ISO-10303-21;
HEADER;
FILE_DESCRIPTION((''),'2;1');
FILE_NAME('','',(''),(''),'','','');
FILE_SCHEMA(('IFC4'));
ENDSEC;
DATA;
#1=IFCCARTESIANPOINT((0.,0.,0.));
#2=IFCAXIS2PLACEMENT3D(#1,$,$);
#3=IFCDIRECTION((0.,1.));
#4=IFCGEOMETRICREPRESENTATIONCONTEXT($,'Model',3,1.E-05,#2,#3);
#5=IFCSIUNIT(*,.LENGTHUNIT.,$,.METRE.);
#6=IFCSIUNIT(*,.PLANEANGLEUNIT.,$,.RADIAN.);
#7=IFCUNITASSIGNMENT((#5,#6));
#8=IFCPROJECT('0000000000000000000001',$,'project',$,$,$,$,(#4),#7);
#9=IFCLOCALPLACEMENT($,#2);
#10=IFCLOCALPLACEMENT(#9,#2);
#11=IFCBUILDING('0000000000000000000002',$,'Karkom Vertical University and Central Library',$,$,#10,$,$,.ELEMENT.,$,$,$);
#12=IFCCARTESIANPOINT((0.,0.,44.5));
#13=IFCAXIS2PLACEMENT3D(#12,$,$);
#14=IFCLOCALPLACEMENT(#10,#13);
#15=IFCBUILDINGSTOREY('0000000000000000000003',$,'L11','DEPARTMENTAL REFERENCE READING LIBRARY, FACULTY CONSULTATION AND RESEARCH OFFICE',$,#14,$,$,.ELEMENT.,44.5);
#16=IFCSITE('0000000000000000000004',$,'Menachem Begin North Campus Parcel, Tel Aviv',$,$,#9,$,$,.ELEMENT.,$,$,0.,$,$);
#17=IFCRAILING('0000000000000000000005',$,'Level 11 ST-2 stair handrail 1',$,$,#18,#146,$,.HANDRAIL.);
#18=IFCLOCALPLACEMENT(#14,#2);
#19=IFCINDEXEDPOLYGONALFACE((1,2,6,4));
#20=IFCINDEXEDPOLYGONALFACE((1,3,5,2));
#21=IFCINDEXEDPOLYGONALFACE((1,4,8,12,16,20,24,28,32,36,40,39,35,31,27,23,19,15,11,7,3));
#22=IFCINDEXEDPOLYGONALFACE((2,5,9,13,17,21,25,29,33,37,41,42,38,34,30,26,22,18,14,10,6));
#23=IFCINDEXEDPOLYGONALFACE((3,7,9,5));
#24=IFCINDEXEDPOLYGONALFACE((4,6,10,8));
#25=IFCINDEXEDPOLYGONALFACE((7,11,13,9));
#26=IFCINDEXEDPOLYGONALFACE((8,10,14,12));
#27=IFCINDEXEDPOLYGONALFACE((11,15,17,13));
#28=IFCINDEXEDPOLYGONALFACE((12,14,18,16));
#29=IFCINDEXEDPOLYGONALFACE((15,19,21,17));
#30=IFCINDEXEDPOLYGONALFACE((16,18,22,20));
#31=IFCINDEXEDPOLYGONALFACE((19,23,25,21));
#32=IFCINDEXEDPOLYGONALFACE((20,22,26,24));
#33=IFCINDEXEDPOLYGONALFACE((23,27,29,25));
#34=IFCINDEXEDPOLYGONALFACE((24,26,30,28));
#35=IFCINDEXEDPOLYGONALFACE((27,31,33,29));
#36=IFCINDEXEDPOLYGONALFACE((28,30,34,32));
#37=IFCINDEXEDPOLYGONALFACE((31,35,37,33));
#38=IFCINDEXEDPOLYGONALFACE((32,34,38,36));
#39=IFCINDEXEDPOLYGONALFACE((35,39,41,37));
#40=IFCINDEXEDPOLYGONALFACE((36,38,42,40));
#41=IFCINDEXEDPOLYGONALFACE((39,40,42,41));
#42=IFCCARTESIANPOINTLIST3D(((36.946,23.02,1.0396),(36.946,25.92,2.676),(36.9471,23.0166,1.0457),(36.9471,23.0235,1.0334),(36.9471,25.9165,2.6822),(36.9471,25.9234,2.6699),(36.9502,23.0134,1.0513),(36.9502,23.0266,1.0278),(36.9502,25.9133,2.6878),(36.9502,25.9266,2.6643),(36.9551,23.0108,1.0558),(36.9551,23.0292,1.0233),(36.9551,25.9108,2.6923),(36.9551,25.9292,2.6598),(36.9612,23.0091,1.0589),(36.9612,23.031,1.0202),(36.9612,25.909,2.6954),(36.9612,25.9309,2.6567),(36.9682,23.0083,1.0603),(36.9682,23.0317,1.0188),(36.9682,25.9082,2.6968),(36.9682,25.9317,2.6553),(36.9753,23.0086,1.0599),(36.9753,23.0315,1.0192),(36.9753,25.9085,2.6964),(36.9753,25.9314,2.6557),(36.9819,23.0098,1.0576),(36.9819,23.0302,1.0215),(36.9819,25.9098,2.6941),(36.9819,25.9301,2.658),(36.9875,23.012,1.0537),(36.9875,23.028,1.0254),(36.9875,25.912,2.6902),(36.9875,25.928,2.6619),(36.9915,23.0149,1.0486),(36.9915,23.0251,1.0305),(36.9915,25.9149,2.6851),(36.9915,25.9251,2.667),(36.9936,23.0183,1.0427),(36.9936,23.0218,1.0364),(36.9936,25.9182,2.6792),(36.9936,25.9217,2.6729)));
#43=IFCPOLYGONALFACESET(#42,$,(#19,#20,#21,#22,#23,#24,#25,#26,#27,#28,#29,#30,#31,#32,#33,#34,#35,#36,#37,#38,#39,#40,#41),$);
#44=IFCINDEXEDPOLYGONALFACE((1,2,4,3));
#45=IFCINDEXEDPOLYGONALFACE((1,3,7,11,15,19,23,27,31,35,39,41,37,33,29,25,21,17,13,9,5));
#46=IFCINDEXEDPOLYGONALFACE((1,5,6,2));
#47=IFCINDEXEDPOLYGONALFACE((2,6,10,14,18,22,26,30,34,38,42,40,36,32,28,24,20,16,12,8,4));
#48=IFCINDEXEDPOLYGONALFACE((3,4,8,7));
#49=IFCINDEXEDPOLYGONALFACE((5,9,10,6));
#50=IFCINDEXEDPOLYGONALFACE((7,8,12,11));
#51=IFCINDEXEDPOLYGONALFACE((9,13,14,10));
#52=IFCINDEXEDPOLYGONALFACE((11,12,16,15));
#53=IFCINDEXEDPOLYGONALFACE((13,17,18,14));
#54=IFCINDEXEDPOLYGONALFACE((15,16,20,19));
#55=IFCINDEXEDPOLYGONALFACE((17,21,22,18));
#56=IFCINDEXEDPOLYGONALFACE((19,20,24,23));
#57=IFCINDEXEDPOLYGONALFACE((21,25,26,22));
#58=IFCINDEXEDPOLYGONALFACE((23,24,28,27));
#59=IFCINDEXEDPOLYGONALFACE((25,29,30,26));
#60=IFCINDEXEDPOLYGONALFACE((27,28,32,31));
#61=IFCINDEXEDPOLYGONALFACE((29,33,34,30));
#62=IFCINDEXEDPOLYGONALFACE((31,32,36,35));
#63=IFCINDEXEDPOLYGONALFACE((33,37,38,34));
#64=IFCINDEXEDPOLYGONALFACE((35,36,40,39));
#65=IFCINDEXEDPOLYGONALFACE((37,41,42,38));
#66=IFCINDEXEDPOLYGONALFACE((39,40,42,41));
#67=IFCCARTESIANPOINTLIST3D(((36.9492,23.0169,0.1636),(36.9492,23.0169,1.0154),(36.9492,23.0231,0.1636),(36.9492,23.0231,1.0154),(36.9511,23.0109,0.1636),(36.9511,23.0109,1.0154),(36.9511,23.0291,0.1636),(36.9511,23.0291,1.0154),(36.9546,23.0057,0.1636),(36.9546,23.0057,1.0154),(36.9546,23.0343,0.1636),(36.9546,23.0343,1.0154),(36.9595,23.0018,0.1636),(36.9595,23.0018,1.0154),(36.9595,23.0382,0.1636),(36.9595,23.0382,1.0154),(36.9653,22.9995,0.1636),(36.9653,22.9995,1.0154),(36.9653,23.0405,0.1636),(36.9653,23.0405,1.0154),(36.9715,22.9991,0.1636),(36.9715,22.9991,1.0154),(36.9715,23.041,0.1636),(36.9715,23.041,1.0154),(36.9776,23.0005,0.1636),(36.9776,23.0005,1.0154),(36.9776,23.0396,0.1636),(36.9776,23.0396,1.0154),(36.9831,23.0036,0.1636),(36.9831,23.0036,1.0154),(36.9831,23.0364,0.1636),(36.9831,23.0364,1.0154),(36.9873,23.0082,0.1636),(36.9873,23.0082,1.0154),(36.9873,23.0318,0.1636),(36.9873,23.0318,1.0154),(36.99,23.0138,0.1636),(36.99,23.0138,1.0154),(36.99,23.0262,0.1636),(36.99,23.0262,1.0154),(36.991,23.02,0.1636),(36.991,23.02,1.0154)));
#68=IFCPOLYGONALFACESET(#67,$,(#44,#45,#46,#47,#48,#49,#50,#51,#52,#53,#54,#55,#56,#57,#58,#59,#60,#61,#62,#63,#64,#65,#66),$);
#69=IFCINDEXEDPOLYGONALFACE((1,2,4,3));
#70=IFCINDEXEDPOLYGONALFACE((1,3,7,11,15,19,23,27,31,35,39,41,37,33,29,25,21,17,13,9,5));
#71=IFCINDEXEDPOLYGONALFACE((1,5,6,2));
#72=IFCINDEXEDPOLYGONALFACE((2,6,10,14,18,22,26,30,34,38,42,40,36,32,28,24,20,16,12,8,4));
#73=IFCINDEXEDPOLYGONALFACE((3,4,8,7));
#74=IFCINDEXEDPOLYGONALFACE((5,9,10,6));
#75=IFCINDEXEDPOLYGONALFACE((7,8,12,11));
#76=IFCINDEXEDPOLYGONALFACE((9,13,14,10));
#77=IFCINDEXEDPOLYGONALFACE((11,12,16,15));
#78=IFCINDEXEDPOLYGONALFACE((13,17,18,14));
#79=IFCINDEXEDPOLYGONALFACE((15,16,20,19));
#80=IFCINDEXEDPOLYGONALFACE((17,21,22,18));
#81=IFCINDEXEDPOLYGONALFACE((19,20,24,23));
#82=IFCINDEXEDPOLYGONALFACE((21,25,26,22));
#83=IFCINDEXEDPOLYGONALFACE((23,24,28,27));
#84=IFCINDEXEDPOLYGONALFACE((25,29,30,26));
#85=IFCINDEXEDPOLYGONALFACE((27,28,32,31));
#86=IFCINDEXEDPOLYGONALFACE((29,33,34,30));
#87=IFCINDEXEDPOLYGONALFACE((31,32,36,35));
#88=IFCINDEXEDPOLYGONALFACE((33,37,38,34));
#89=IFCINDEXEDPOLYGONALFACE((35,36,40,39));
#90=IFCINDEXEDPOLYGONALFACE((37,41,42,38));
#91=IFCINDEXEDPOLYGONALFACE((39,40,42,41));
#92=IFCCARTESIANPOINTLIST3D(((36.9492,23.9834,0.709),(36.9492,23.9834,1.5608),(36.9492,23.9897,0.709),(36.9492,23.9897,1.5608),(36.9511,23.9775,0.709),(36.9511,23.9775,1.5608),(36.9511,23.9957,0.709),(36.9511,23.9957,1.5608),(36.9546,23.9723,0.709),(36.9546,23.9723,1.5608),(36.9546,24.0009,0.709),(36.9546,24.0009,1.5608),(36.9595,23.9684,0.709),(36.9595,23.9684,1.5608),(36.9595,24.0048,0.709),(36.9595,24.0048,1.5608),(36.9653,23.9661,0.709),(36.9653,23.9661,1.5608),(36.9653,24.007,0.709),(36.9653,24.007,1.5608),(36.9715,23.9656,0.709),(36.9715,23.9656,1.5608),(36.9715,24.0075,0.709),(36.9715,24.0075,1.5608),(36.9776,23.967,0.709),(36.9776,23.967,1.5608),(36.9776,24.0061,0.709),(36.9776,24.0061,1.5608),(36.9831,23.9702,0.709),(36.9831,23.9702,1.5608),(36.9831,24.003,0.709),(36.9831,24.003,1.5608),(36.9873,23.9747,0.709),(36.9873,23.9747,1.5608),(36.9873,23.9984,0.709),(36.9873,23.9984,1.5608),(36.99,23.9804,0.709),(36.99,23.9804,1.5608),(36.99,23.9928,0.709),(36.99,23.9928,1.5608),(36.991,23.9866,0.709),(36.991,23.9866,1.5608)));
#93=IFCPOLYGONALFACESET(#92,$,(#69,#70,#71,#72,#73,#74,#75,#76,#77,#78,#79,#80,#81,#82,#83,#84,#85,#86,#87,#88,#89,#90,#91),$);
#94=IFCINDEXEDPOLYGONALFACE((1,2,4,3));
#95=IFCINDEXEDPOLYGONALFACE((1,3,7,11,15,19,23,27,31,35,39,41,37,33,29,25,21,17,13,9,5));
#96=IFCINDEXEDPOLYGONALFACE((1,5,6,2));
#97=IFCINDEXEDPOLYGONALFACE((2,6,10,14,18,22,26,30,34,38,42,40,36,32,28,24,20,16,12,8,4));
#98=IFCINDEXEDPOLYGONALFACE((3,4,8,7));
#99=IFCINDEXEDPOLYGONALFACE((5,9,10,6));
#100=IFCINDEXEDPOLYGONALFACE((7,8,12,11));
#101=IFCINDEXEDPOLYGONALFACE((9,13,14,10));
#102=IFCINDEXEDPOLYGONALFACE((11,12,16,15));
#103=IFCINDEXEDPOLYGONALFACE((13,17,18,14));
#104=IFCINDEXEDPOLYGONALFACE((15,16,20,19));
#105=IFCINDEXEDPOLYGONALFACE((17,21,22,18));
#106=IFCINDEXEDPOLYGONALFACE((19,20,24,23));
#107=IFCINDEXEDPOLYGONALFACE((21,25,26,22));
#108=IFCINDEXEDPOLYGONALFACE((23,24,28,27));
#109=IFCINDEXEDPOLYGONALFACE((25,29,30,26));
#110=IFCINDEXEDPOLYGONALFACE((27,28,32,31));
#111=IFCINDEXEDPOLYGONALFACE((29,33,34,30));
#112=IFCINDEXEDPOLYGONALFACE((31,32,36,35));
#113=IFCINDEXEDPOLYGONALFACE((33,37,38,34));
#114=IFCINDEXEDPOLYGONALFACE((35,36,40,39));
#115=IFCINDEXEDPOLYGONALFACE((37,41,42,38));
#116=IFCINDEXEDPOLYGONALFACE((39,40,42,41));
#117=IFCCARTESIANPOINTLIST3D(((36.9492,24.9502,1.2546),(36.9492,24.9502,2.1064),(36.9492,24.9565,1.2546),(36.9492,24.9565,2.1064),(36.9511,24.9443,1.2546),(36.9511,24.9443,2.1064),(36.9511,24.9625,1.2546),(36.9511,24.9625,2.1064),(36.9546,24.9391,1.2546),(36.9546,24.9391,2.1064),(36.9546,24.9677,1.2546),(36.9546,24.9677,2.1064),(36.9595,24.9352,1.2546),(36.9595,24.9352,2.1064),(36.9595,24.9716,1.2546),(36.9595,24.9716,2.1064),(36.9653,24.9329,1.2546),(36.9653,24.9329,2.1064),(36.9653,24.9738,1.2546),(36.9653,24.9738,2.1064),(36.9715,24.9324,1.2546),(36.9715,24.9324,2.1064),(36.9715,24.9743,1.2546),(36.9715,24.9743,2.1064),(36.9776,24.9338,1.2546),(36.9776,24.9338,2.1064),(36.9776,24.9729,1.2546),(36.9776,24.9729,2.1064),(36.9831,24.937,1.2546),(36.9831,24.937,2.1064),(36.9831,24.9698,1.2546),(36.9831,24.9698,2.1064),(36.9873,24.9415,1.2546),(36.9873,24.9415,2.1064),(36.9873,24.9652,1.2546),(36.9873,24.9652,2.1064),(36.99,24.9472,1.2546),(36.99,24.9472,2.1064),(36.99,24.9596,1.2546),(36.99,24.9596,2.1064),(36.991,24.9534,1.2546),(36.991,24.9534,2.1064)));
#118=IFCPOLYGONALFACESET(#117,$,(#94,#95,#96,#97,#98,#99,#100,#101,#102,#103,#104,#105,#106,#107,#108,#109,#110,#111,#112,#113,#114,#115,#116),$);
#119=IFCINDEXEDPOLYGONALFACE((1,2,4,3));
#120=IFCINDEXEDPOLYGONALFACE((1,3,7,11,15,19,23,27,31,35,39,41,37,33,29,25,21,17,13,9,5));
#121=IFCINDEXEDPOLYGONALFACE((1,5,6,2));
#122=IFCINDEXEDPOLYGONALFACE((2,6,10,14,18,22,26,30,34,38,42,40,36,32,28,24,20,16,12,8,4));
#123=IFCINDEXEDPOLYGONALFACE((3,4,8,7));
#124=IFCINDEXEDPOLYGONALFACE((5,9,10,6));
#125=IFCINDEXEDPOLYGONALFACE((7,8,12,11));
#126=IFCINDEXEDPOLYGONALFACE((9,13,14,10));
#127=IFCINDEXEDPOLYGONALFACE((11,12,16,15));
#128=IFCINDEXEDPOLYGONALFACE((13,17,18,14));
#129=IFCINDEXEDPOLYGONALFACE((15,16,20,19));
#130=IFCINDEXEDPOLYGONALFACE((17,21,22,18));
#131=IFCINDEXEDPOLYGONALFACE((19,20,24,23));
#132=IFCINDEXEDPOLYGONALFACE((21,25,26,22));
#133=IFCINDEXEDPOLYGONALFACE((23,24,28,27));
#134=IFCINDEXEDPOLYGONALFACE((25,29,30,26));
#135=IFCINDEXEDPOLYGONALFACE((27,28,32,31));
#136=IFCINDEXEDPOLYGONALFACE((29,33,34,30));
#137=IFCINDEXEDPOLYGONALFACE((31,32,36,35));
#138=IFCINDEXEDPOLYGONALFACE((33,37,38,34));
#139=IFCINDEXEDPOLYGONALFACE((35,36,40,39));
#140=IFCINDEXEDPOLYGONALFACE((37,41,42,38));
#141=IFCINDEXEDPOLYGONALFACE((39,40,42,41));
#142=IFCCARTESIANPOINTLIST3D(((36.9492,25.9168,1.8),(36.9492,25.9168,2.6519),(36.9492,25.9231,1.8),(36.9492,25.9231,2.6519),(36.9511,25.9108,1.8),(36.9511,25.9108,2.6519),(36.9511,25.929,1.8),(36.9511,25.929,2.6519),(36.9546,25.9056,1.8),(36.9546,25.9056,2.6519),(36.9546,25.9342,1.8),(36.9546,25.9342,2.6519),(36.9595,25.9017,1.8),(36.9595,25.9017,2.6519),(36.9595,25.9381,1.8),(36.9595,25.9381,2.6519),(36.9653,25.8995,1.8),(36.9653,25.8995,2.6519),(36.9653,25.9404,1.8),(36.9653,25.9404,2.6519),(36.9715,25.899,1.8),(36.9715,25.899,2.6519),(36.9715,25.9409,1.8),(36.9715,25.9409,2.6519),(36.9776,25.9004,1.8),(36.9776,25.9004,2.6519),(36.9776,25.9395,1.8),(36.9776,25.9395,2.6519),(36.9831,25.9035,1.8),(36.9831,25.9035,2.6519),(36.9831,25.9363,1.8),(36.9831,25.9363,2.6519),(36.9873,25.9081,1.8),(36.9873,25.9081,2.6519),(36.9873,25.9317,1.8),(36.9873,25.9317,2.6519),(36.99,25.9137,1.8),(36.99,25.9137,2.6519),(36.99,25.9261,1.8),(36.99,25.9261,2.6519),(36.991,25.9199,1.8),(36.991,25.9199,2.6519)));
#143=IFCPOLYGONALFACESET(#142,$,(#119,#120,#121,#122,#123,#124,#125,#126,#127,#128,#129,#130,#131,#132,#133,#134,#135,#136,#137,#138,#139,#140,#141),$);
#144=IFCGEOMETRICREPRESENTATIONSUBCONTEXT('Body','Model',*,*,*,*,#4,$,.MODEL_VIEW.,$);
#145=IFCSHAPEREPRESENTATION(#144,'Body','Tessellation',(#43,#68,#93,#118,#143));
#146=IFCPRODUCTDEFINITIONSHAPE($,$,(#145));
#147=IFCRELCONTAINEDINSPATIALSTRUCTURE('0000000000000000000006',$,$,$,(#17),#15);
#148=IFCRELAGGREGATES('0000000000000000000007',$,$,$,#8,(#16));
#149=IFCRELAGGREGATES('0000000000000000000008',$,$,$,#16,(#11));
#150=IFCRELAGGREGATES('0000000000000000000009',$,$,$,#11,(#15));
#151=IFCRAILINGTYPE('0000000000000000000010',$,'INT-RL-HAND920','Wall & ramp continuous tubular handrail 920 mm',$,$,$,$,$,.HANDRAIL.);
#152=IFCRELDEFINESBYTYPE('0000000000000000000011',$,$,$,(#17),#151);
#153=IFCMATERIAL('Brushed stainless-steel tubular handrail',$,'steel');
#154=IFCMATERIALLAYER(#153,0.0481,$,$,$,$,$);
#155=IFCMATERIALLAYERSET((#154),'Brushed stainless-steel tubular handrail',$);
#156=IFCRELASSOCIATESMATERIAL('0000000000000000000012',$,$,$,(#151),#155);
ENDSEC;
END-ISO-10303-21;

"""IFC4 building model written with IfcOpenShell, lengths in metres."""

from ifc_helpers import new_model, si_unit, direction, frame, origin, origin_2d, place, context, subcontext, project, spatial, circle, extrude, material, layer, layer_set, type_object, element, save


model = new_model("IFC4")

# Units and contexts
model_context = context("Model", 3, precision=1e-05, world=origin(), true_north=direction((0.0, 1.0)))
body_context = subcontext(model_context, "Body", "Model", "MODEL_VIEW")
ifc_project = project(units=[si_unit("LENGTHUNIT", "METRE"), si_unit("PLANEANGLEUNIT", "RADIAN")], contexts=[model_context])

# Site, building, storey
site_placement = place(None, origin())
site = spatial("IfcSite", under=ifc_project, at=site_placement, Name="Menachem Begin North Campus Parcel, Tel Aviv", CompositionType="ELEMENT", RefElevation=0.0)
building_placement = place(site_placement, origin())
building = spatial("IfcBuilding", under=site, at=building_placement, Name="Karkom Vertical University and Central Library", CompositionType="ELEMENT")
storey_placement = place(building_placement, frame((0.0, 0.0, 44.5)))
storey = spatial("IfcBuildingStorey", under=building, at=storey_placement, Name="L11", Description="DEPARTMENTAL REFERENCE READING LIBRARY, FACULTY CONSULTATION AND RESEARCH OFFICE", CompositionType="ELEMENT", Elevation=44.5)

# Railing
ifc_material_1 = material(Name="Brushed stainless-steel tubular handrail", Category="steel")
ifc_layer_1 = layer(ifc_material_1, 0.0481)
ifc_layer_set_1 = layer_set([ifc_layer_1], Name="Brushed stainless-steel tubular handrail")
railing_type_1 = type_object("IfcRailingType", Name="INT-RL-HAND920", Description="Wall & ramp continuous tubular handrail 920 mm", PredefinedType="HANDRAIL", material=ifc_layer_set_1)
railing_1_placement = place(storey_placement, frame((36.97, 23.02, 0.1636)))
element("IfcRailing", 1, at=railing_1_placement, inside=storey, type_object=railing_type_1, Name="Level 11 ST-2 stair handrail 1", PredefinedType="HANDRAIL", context=body_context, shape_type="SweptSolid", body=[
    extrude(circle(Radius=0.0239, at=origin_2d()), frame((0.0, 0.0, 0.876), z_axis=(0.0, 0.870897, 0.491465), x_axis=(-1.0, 0.0, 0.0)), (0.0, 0.0, 1.0), 3.3298),
    extrude(circle(Radius=0.021, at=origin_2d()), origin(), (0.0, 0.0, 1.0), 0.8518),
    extrude(circle(Radius=0.021, at=origin_2d()), frame((0.0, 0.9666, 0.5454)), (0.0, 0.0, 1.0), 0.8518),
    extrude(circle(Radius=0.021, at=origin_2d()), frame((0.0, 1.9333, 1.0911)), (0.0, 0.0, 1.0), 0.8518),
    extrude(circle(Radius=0.021, at=origin_2d()), frame((0.0, 2.8999, 1.6365)), (0.0, 0.0, 1.0), 0.8518),
])

save(model, "model.ifc")
